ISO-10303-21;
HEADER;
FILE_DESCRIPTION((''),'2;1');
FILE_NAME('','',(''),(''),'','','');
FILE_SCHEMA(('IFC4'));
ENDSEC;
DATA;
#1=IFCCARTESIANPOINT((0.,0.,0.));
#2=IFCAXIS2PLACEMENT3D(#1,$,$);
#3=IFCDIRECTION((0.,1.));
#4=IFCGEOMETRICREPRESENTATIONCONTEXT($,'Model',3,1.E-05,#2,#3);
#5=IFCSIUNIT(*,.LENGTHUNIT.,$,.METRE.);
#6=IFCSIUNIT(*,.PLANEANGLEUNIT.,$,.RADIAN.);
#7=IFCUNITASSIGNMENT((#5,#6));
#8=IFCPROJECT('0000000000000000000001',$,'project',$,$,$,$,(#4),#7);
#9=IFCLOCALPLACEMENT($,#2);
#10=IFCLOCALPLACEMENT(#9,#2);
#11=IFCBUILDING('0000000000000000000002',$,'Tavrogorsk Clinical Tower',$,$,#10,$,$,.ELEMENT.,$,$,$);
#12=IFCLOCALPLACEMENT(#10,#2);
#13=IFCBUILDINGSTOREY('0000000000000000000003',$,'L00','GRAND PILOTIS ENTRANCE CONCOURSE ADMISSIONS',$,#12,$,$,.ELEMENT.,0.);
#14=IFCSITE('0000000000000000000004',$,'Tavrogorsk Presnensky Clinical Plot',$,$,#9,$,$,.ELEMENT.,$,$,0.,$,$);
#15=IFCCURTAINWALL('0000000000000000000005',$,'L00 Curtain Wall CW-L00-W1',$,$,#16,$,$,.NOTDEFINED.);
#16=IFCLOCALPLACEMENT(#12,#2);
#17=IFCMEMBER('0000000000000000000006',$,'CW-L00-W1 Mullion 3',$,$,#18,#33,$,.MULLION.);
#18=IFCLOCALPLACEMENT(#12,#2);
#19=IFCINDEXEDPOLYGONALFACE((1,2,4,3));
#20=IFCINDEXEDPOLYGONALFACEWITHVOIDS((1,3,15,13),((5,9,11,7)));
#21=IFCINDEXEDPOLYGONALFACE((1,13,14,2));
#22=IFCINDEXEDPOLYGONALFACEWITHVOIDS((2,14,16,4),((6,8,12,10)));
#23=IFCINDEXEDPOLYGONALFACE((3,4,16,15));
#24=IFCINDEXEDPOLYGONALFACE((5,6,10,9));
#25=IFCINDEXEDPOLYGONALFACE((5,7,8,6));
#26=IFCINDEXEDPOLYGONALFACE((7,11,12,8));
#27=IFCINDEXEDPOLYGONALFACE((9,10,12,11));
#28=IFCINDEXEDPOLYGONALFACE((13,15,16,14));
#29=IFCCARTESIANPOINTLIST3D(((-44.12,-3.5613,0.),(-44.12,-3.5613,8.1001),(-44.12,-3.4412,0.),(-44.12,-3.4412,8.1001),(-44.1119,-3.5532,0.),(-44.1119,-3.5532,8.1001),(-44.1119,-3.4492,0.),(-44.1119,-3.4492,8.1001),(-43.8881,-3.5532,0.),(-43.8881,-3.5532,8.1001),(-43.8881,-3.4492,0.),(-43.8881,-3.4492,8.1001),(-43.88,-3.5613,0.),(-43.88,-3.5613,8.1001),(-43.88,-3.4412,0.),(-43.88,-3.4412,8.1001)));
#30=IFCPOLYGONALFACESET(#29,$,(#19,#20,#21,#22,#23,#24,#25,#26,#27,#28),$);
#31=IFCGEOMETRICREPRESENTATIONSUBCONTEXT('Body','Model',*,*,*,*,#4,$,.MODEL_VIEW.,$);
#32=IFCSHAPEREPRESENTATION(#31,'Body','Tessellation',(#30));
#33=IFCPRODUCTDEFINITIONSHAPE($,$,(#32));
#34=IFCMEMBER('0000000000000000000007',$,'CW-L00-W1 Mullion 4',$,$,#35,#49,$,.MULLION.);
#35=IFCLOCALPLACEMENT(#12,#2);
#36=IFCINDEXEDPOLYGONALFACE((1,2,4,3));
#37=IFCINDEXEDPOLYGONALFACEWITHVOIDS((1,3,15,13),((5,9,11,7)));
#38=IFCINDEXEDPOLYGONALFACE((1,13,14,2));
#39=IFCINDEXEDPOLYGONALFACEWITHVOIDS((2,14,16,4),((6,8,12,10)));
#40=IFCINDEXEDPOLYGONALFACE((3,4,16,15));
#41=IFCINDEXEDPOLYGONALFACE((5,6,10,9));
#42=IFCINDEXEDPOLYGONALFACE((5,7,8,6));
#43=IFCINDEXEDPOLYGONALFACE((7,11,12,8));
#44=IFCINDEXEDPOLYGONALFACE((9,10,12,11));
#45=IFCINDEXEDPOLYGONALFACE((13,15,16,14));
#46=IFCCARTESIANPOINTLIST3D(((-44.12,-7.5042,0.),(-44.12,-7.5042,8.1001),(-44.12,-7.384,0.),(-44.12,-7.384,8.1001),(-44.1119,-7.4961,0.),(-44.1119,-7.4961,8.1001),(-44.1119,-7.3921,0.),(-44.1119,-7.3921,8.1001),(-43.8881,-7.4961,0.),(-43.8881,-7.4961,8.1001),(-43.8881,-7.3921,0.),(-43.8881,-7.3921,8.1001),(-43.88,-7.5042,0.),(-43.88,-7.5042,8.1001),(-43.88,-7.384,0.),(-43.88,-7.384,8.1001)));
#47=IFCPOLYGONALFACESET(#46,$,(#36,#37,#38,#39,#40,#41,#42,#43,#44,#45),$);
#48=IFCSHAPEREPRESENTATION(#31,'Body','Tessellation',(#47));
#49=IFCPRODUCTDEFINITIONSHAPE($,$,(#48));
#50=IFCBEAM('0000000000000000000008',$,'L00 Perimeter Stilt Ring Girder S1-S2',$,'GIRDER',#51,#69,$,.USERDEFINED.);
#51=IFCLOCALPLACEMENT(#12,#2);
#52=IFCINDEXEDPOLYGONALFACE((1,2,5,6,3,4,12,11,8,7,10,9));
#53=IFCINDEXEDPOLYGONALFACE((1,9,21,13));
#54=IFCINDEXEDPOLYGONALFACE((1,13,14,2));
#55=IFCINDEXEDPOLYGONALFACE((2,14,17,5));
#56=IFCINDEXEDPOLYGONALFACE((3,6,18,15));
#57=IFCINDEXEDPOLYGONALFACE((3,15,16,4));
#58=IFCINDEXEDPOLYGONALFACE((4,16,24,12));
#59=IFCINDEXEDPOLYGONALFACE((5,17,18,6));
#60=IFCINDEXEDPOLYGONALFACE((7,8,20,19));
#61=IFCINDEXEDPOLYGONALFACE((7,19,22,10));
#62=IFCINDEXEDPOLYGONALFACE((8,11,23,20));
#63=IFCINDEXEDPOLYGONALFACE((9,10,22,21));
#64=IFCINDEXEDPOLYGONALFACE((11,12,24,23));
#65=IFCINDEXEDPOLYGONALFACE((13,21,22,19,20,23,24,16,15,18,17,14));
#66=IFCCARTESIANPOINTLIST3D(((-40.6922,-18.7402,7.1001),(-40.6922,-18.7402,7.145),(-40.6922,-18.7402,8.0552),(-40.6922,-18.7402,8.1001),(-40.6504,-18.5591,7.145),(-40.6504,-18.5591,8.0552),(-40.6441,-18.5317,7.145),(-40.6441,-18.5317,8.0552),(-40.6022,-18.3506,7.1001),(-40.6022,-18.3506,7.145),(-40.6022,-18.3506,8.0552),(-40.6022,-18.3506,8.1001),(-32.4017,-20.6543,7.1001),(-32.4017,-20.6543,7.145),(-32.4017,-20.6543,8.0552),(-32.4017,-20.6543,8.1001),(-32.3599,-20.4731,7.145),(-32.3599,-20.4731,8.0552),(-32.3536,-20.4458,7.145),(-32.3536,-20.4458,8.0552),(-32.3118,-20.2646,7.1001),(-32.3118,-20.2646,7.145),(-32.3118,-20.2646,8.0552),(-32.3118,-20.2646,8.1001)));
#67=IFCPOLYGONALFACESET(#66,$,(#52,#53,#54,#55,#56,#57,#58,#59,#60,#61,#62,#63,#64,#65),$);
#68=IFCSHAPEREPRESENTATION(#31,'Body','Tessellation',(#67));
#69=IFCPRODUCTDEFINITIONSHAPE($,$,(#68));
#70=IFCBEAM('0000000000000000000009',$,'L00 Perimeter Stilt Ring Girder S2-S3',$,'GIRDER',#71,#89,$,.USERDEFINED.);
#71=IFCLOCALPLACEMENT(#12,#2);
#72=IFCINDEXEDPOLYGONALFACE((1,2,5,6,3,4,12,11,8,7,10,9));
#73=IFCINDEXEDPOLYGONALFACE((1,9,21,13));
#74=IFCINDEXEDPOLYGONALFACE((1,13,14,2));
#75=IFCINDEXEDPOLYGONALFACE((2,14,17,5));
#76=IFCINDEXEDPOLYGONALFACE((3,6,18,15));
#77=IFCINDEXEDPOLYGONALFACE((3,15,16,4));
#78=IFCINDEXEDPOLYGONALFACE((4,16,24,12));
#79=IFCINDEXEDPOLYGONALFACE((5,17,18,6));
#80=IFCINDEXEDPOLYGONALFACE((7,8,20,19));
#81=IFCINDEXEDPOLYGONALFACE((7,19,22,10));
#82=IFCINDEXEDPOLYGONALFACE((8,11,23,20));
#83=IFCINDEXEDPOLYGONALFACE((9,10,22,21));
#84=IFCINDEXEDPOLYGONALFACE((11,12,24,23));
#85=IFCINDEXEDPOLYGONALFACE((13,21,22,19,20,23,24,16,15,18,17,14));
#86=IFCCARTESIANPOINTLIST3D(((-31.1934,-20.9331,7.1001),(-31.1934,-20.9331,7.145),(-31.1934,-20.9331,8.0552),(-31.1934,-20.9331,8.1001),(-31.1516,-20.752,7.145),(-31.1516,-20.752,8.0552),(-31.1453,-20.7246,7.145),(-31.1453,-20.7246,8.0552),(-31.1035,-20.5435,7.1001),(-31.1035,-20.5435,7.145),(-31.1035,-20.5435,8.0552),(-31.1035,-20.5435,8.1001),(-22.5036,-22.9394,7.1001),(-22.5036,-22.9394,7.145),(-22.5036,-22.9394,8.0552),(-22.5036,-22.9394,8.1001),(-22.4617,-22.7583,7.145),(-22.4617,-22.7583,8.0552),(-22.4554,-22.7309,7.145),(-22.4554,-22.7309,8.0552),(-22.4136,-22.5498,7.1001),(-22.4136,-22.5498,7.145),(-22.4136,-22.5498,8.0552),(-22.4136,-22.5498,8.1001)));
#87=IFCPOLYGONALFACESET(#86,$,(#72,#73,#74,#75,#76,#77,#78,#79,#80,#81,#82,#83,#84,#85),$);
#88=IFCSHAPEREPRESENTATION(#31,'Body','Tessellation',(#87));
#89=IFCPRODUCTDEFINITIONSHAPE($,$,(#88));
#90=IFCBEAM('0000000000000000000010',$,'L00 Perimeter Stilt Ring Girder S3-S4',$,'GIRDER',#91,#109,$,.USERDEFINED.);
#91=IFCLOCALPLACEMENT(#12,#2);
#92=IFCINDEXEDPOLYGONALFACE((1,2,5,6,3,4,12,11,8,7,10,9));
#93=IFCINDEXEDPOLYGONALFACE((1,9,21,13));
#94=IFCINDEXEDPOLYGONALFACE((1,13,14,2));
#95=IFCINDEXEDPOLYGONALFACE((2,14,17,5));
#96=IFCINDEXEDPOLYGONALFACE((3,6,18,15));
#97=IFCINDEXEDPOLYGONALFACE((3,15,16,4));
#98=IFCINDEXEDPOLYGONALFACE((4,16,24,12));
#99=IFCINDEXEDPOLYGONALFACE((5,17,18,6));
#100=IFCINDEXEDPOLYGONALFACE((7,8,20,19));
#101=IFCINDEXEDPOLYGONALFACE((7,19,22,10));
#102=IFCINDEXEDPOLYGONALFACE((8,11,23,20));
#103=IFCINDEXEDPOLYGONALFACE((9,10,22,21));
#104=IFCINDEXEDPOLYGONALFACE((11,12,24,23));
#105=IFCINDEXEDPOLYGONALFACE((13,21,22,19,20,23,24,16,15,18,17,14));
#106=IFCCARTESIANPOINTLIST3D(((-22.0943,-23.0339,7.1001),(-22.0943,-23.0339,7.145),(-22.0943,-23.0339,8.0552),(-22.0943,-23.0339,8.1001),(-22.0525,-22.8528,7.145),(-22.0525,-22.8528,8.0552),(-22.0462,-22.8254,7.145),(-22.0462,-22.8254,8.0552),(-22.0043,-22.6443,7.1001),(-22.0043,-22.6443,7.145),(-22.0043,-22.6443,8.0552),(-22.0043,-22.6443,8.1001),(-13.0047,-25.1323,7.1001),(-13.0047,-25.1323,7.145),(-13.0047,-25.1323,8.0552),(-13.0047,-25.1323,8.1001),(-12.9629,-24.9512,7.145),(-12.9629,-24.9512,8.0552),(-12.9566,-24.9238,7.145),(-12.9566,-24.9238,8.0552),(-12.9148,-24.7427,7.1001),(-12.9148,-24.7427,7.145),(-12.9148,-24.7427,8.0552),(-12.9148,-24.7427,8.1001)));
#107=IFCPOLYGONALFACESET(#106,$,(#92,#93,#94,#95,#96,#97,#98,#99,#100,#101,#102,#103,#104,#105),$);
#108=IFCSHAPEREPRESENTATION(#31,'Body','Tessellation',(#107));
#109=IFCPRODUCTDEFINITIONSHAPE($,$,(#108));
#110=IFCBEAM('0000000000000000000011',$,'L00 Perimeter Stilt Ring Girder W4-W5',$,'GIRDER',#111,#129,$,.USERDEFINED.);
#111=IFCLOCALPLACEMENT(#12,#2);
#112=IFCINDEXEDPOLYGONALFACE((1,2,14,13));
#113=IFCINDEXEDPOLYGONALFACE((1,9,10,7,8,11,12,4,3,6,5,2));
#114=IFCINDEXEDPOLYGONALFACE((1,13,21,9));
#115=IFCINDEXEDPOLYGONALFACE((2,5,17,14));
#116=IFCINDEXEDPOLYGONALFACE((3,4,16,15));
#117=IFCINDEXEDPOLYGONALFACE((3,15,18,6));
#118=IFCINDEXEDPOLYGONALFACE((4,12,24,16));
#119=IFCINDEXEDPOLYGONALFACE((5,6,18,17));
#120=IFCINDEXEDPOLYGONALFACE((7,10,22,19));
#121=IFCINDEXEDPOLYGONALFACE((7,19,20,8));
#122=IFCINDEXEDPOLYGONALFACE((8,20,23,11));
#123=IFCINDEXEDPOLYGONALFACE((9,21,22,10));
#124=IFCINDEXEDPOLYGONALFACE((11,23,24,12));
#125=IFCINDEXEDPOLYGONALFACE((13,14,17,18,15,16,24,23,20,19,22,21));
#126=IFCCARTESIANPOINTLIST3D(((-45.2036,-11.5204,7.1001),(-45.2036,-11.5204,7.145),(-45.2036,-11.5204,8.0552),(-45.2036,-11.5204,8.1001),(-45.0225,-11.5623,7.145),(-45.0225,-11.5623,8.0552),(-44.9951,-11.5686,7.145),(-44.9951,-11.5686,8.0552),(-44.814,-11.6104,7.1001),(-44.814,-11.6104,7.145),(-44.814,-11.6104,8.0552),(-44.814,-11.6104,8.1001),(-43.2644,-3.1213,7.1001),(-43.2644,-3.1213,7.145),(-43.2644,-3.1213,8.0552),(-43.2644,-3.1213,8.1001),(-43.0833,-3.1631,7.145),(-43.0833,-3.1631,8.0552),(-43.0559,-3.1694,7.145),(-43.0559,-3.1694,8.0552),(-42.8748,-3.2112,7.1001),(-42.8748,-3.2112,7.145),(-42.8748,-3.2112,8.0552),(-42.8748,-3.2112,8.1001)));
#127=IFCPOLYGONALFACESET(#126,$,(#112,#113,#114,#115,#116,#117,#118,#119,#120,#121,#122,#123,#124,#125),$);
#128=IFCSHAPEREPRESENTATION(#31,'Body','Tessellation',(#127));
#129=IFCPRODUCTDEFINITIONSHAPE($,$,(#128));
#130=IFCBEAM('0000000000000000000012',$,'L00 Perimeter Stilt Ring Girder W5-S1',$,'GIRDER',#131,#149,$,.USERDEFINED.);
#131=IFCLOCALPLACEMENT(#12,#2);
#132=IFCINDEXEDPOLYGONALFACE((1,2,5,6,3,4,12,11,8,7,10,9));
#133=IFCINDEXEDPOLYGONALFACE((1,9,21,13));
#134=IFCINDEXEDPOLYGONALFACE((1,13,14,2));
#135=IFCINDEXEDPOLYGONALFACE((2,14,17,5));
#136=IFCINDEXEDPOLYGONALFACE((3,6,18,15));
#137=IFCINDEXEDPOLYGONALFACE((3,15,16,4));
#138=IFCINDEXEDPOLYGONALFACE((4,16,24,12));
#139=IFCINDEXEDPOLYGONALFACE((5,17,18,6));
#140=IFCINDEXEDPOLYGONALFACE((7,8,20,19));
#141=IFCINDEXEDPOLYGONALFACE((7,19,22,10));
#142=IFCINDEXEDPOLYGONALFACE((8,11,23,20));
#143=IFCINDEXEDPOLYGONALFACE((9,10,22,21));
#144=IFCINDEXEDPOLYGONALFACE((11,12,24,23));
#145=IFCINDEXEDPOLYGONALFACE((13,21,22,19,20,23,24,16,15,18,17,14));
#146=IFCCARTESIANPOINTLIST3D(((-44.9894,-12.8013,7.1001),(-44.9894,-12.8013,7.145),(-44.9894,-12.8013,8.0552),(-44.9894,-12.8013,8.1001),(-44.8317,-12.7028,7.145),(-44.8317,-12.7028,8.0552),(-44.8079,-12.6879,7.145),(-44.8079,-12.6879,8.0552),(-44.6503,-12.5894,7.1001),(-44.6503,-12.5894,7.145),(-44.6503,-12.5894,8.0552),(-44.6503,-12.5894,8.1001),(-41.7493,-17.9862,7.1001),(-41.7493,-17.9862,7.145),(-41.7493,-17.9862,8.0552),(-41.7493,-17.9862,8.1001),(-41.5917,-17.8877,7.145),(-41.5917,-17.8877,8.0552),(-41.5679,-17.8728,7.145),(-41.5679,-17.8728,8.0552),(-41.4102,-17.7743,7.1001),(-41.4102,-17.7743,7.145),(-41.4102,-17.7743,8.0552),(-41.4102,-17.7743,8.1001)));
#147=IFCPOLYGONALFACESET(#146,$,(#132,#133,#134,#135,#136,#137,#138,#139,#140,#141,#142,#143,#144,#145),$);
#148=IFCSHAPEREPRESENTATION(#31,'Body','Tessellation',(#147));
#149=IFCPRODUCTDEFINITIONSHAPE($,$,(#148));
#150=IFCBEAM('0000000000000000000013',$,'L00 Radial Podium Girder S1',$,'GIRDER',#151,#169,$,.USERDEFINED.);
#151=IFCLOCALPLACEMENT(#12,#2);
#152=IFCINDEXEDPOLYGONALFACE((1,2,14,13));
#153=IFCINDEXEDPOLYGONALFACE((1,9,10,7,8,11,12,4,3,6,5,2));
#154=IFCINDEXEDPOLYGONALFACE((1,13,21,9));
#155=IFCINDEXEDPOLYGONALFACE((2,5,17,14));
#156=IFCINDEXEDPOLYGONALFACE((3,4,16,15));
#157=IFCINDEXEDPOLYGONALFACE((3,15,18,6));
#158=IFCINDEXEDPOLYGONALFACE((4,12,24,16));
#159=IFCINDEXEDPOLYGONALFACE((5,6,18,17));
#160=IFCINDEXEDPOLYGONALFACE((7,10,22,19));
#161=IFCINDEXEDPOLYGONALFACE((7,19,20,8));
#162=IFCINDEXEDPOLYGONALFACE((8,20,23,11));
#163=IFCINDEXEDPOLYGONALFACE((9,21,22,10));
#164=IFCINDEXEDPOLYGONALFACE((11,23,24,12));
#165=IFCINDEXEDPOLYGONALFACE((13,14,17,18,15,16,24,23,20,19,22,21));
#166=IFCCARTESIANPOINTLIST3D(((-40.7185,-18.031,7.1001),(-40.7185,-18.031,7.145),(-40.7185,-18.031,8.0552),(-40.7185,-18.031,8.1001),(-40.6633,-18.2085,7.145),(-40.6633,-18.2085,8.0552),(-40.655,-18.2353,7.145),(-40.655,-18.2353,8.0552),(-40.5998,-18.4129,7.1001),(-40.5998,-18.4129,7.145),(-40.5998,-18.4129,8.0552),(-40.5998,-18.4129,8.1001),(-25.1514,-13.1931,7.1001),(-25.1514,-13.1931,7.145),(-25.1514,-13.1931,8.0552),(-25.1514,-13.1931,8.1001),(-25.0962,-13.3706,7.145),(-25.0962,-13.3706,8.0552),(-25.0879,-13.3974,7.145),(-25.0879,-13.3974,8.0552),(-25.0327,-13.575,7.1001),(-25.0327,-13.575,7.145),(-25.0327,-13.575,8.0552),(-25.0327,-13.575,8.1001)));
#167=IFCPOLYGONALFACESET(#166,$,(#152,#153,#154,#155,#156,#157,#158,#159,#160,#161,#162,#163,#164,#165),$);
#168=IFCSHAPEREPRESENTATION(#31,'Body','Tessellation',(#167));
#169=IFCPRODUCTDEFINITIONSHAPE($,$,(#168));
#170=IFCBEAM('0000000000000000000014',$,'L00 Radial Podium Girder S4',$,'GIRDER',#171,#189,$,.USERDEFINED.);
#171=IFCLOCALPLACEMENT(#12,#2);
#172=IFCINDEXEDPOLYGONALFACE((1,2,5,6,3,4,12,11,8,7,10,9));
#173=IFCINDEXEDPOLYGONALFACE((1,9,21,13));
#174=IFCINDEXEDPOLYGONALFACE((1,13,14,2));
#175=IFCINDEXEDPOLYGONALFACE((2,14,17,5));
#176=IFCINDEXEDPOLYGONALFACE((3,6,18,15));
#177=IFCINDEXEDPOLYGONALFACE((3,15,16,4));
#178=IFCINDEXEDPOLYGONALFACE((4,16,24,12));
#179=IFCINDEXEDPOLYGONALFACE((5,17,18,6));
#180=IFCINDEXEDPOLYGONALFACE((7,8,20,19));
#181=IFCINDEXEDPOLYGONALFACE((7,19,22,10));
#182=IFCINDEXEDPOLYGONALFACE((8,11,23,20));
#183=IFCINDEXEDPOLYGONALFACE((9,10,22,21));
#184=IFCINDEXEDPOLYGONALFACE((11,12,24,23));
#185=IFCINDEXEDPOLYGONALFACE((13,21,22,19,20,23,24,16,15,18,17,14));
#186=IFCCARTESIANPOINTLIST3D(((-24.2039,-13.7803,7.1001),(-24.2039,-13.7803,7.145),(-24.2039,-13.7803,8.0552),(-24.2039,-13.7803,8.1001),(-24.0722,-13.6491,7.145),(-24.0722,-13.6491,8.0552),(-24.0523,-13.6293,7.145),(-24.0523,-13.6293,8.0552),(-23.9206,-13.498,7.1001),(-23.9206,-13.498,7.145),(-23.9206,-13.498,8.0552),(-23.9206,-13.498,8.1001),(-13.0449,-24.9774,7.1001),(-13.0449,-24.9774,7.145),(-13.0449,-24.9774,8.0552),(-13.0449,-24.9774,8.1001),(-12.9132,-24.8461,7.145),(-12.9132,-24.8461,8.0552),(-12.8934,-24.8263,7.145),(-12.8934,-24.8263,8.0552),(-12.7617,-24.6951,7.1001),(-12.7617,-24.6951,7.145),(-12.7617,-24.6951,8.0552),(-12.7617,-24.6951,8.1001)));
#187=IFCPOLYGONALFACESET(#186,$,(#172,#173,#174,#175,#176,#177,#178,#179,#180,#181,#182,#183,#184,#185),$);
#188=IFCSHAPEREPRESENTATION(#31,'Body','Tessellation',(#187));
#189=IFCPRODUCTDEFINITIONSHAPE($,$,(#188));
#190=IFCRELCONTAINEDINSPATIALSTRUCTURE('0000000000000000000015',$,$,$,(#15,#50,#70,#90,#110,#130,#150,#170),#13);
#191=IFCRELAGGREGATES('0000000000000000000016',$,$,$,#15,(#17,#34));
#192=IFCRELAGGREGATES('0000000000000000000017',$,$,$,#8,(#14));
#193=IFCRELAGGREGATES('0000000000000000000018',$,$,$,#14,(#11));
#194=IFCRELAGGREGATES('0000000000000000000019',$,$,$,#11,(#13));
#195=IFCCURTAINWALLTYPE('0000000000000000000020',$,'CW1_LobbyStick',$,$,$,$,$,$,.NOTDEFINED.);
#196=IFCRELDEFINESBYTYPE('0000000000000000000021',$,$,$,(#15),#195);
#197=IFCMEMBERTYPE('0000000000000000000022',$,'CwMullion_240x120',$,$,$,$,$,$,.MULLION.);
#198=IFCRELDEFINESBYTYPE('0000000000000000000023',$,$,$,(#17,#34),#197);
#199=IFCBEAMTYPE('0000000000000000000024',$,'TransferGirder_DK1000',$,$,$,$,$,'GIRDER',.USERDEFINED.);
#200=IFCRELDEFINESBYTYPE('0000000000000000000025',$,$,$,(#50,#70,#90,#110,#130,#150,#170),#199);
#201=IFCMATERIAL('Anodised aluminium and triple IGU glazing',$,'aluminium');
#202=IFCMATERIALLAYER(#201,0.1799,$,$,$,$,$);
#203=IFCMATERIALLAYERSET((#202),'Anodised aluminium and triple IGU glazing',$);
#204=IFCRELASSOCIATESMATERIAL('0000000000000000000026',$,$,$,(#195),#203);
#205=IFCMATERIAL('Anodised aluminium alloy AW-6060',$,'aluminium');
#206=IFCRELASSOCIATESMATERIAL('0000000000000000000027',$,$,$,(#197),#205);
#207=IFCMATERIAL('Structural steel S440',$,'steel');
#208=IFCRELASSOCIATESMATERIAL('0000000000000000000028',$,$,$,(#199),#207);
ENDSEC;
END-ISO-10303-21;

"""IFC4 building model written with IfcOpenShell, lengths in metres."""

from ifc_helpers import new_model, si_unit, direction, frame, origin, origin_2d, place, context, subcontext, project, spatial, hollow_rectangle, i_section, extrude, material, layer, layer_set, material_profile, profile_set, type_object, element, aggregate, save


model = new_model("IFC4")

# Units and contexts
model_context = context("Model", 3, precision=1e-05, world=origin(), true_north=direction((0.0, 1.0)))
body_context = subcontext(model_context, "Body", "Model", "MODEL_VIEW")
ifc_project = project(units=[si_unit("LENGTHUNIT", "METRE"), si_unit("PLANEANGLEUNIT", "RADIAN")], contexts=[model_context])

# Site, building, storey
site_placement = place(None, origin())
site = spatial("IfcSite", under=ifc_project, at=site_placement, Name="Tavrogorsk Presnensky Clinical Plot", CompositionType="ELEMENT", RefElevation=0.0)
building_placement = place(site_placement, origin())
building = spatial("IfcBuilding", under=site, at=building_placement, Name="Tavrogorsk Clinical Tower", CompositionType="ELEMENT")
storey_placement = place(building_placement, origin())
storey = spatial("IfcBuildingStorey", under=building, at=storey_placement, Name="L00", Description="GRAND PILOTIS ENTRANCE CONCOURSE ADMISSIONS", CompositionType="ELEMENT", Elevation=0.0)

# Curtain wall, members
ifc_material_1 = material(Name="Anodised aluminium and triple IGU glazing", Category="aluminium")
ifc_layer_1 = layer(ifc_material_1, 0.1799)
ifc_layer_set_1 = layer_set([ifc_layer_1], Name="Anodised aluminium and triple IGU glazing")
curtain_wall_type = type_object("IfcCurtainWallType", Name="CW1_LobbyStick", PredefinedType="NOTDEFINED", material=ifc_layer_set_1)
curtain_wall_placement = place(storey_placement, origin())
curtain_wall = element("IfcCurtainWall", 1, at=curtain_wall_placement, inside=storey, type_object=curtain_wall_type, Name="L00 Curtain Wall CW-L00-W1", PredefinedType="NOTDEFINED")
ifc_material_2 = material(Name="Anodised aluminium alloy AW-6060", Category="aluminium")
ifc_material_profile_1 = material_profile(ifc_material_2, hollow_rectangle(XDim=0.1201, YDim=0.24, WallThickness=0.0081, at=origin_2d()), Name="RHS-240x120x8")
ifc_profile_set_1 = profile_set([ifc_material_profile_1], Name="Anodised aluminium alloy AW-6060")
member_type = type_object("IfcMemberType", Name="CwMullion_240x120", PredefinedType="MULLION", material=ifc_profile_set_1)
member_1_placement = place(storey_placement, frame((-44.0, -3.5012, 0.0), z_axis=(0.0, 0.0, 1.0), x_axis=(0.0, -1.0, 0.0)))
member_1 = element("IfcMember", 2, at=member_1_placement, type_object=member_type, Name="CW-L00-W1 Mullion 3", PredefinedType="MULLION", context=body_context, shape_type="SweptSolid", body=[
    extrude(hollow_rectangle(XDim=0.1201, YDim=0.24, WallThickness=0.0081, at=origin_2d()), origin(), (0.0, 0.0, 1.0), 8.1001),
])
member_2_placement = place(storey_placement, frame((-44.0, -7.4441, 0.0), z_axis=(0.0, 0.0, 1.0), x_axis=(0.0, -1.0, 0.0)))
member_2 = element("IfcMember", 3, at=member_2_placement, type_object=member_type, Name="CW-L00-W1 Mullion 4", PredefinedType="MULLION", context=body_context, shape_type="SweptSolid", body=[
    extrude(hollow_rectangle(XDim=0.1201, YDim=0.24, WallThickness=0.0081, at=origin_2d()), origin(), (0.0, 0.0, 1.0), 8.1001),
])

# Beams
ifc_material_3 = material(Name="Structural steel S440", Category="steel")
ifc_material_profile_2 = material_profile(ifc_material_3, i_section(OverallWidth=0.3999, OverallDepth=1.0, WebThickness=0.0281, FlangeThickness=0.0449, at=origin_2d()), Name="DK-1000x400x28x45")
ifc_profile_set_2 = profile_set([ifc_material_profile_2], Name="Structural steel S440")
beam_type = type_object("IfcBeamType", Name="TransferGirder_DK1000", ElementType="GIRDER", PredefinedType="USERDEFINED", material=ifc_profile_set_2)
beam_1_placement = place(storey_placement, frame((-40.6472, -18.5454, 7.6001), z_axis=(0.974369, -0.224956, 0.0), x_axis=(0.224956, 0.974369, 0.0)))
element("IfcBeam", 4, at=beam_1_placement, inside=storey, type_object=beam_type, Name="L00 Perimeter Stilt Ring Girder S1-S2", ObjectType="GIRDER", PredefinedType="USERDEFINED", context=body_context, shape_type="SweptSolid", body=[
    extrude(i_section(OverallWidth=0.3999, OverallDepth=1.0, WebThickness=0.0281, FlangeThickness=0.0449, at=origin_2d()), origin(), (0.0, 0.0, 1.0), 8.5085),
])
beam_2_placement = place(storey_placement, frame((-31.1484, -20.7383, 7.6001), z_axis=(0.974367, -0.224963, 0.0), x_axis=(0.224963, 0.974367, 0.0)))
element("IfcBeam", 5, at=beam_2_placement, inside=storey, type_object=beam_type, Name="L00 Perimeter Stilt Ring Girder S2-S3", ObjectType="GIRDER", PredefinedType="USERDEFINED", context=body_context, shape_type="SweptSolid", body=[
    extrude(i_section(OverallWidth=0.3999, OverallDepth=1.0, WebThickness=0.0281, FlangeThickness=0.0449, at=origin_2d()), origin(), (0.0, 0.0, 1.0), 8.9185),
])
beam_3_placement = place(storey_placement, frame((-22.0493, -22.8391, 7.6001), z_axis=(0.974373, -0.22494, 0.0), x_axis=(0.22494, 0.974373, 0.0)))
element("IfcBeam", 6, at=beam_3_placement, inside=storey, type_object=beam_type, Name="L00 Perimeter Stilt Ring Girder S3-S4", ObjectType="GIRDER", PredefinedType="USERDEFINED", context=body_context, shape_type="SweptSolid", body=[
    extrude(i_section(OverallWidth=0.3999, OverallDepth=1.0, WebThickness=0.0281, FlangeThickness=0.0449, at=origin_2d()), origin(), (0.0, 0.0, 1.0), 9.3286),
])
beam_4_placement = place(storey_placement, frame((-43.0696, -3.1663, 7.6001), z_axis=(-0.224963, -0.974367, 0.0), x_axis=(0.974367, -0.224963, 0.0)))
element("IfcBeam", 7, at=beam_4_placement, inside=storey, type_object=beam_type, Name="L00 Perimeter Stilt Ring Girder W4-W5", ObjectType="GIRDER", PredefinedType="USERDEFINED", context=body_context, shape_type="SweptSolid", body=[
    extrude(i_section(OverallWidth=0.3999, OverallDepth=1.0, WebThickness=0.0281, FlangeThickness=0.0449, at=origin_2d()), origin(), (0.0, 0.0, 1.0), 8.6201),
])
beam_5_placement = place(storey_placement, frame((-44.8198, -12.6953, 7.6001), z_axis=(0.529938, -0.848036, 0.0), x_axis=(0.848036, 0.529938, 0.0)))
element("IfcBeam", 8, at=beam_5_placement, inside=storey, type_object=beam_type, Name="L00 Perimeter Stilt Ring Girder W5-S1", ObjectType="GIRDER", PredefinedType="USERDEFINED", context=body_context, shape_type="SweptSolid", body=[
    extrude(i_section(OverallWidth=0.3999, OverallDepth=1.0, WebThickness=0.0281, FlangeThickness=0.0449, at=origin_2d()), origin(), (0.0, 0.0, 1.0), 6.114),
])
beam_6_placement = place(storey_placement, frame((-25.092, -13.384, 7.6001), z_axis=(-0.954948, -0.296775, 0.0), x_axis=(0.296775, -0.954948, 0.0)))
element("IfcBeam", 9, at=beam_6_placement, inside=storey, type_object=beam_type, Name="L00 Radial Podium Girder S1", ObjectType="GIRDER", PredefinedType="USERDEFINED", context=body_context, shape_type="SweptSolid", body=[
    extrude(i_section(OverallWidth=0.3999, OverallDepth=1.0, WebThickness=0.0281, FlangeThickness=0.0449, at=origin_2d()), origin(), (0.0, 0.0, 1.0), 16.3015),
])
beam_7_placement = place(storey_placement, frame((-24.0623, -13.6392, 7.6001), z_axis=(0.705901, -0.70831, 0.0), x_axis=(0.70831, 0.705901, 0.0)))
element("IfcBeam", 10, at=beam_7_placement, inside=storey, type_object=beam_type, Name="L00 Radial Podium Girder S4", ObjectType="GIRDER", PredefinedType="USERDEFINED", context=body_context, shape_type="SweptSolid", body=[
    extrude(i_section(OverallWidth=0.3999, OverallDepth=1.0, WebThickness=0.0281, FlangeThickness=0.0449, at=origin_2d()), origin(), (0.0, 0.0, 1.0), 15.8081),
])

aggregate(curtain_wall, [member_1, member_2])

save(model, "model.ifc")
